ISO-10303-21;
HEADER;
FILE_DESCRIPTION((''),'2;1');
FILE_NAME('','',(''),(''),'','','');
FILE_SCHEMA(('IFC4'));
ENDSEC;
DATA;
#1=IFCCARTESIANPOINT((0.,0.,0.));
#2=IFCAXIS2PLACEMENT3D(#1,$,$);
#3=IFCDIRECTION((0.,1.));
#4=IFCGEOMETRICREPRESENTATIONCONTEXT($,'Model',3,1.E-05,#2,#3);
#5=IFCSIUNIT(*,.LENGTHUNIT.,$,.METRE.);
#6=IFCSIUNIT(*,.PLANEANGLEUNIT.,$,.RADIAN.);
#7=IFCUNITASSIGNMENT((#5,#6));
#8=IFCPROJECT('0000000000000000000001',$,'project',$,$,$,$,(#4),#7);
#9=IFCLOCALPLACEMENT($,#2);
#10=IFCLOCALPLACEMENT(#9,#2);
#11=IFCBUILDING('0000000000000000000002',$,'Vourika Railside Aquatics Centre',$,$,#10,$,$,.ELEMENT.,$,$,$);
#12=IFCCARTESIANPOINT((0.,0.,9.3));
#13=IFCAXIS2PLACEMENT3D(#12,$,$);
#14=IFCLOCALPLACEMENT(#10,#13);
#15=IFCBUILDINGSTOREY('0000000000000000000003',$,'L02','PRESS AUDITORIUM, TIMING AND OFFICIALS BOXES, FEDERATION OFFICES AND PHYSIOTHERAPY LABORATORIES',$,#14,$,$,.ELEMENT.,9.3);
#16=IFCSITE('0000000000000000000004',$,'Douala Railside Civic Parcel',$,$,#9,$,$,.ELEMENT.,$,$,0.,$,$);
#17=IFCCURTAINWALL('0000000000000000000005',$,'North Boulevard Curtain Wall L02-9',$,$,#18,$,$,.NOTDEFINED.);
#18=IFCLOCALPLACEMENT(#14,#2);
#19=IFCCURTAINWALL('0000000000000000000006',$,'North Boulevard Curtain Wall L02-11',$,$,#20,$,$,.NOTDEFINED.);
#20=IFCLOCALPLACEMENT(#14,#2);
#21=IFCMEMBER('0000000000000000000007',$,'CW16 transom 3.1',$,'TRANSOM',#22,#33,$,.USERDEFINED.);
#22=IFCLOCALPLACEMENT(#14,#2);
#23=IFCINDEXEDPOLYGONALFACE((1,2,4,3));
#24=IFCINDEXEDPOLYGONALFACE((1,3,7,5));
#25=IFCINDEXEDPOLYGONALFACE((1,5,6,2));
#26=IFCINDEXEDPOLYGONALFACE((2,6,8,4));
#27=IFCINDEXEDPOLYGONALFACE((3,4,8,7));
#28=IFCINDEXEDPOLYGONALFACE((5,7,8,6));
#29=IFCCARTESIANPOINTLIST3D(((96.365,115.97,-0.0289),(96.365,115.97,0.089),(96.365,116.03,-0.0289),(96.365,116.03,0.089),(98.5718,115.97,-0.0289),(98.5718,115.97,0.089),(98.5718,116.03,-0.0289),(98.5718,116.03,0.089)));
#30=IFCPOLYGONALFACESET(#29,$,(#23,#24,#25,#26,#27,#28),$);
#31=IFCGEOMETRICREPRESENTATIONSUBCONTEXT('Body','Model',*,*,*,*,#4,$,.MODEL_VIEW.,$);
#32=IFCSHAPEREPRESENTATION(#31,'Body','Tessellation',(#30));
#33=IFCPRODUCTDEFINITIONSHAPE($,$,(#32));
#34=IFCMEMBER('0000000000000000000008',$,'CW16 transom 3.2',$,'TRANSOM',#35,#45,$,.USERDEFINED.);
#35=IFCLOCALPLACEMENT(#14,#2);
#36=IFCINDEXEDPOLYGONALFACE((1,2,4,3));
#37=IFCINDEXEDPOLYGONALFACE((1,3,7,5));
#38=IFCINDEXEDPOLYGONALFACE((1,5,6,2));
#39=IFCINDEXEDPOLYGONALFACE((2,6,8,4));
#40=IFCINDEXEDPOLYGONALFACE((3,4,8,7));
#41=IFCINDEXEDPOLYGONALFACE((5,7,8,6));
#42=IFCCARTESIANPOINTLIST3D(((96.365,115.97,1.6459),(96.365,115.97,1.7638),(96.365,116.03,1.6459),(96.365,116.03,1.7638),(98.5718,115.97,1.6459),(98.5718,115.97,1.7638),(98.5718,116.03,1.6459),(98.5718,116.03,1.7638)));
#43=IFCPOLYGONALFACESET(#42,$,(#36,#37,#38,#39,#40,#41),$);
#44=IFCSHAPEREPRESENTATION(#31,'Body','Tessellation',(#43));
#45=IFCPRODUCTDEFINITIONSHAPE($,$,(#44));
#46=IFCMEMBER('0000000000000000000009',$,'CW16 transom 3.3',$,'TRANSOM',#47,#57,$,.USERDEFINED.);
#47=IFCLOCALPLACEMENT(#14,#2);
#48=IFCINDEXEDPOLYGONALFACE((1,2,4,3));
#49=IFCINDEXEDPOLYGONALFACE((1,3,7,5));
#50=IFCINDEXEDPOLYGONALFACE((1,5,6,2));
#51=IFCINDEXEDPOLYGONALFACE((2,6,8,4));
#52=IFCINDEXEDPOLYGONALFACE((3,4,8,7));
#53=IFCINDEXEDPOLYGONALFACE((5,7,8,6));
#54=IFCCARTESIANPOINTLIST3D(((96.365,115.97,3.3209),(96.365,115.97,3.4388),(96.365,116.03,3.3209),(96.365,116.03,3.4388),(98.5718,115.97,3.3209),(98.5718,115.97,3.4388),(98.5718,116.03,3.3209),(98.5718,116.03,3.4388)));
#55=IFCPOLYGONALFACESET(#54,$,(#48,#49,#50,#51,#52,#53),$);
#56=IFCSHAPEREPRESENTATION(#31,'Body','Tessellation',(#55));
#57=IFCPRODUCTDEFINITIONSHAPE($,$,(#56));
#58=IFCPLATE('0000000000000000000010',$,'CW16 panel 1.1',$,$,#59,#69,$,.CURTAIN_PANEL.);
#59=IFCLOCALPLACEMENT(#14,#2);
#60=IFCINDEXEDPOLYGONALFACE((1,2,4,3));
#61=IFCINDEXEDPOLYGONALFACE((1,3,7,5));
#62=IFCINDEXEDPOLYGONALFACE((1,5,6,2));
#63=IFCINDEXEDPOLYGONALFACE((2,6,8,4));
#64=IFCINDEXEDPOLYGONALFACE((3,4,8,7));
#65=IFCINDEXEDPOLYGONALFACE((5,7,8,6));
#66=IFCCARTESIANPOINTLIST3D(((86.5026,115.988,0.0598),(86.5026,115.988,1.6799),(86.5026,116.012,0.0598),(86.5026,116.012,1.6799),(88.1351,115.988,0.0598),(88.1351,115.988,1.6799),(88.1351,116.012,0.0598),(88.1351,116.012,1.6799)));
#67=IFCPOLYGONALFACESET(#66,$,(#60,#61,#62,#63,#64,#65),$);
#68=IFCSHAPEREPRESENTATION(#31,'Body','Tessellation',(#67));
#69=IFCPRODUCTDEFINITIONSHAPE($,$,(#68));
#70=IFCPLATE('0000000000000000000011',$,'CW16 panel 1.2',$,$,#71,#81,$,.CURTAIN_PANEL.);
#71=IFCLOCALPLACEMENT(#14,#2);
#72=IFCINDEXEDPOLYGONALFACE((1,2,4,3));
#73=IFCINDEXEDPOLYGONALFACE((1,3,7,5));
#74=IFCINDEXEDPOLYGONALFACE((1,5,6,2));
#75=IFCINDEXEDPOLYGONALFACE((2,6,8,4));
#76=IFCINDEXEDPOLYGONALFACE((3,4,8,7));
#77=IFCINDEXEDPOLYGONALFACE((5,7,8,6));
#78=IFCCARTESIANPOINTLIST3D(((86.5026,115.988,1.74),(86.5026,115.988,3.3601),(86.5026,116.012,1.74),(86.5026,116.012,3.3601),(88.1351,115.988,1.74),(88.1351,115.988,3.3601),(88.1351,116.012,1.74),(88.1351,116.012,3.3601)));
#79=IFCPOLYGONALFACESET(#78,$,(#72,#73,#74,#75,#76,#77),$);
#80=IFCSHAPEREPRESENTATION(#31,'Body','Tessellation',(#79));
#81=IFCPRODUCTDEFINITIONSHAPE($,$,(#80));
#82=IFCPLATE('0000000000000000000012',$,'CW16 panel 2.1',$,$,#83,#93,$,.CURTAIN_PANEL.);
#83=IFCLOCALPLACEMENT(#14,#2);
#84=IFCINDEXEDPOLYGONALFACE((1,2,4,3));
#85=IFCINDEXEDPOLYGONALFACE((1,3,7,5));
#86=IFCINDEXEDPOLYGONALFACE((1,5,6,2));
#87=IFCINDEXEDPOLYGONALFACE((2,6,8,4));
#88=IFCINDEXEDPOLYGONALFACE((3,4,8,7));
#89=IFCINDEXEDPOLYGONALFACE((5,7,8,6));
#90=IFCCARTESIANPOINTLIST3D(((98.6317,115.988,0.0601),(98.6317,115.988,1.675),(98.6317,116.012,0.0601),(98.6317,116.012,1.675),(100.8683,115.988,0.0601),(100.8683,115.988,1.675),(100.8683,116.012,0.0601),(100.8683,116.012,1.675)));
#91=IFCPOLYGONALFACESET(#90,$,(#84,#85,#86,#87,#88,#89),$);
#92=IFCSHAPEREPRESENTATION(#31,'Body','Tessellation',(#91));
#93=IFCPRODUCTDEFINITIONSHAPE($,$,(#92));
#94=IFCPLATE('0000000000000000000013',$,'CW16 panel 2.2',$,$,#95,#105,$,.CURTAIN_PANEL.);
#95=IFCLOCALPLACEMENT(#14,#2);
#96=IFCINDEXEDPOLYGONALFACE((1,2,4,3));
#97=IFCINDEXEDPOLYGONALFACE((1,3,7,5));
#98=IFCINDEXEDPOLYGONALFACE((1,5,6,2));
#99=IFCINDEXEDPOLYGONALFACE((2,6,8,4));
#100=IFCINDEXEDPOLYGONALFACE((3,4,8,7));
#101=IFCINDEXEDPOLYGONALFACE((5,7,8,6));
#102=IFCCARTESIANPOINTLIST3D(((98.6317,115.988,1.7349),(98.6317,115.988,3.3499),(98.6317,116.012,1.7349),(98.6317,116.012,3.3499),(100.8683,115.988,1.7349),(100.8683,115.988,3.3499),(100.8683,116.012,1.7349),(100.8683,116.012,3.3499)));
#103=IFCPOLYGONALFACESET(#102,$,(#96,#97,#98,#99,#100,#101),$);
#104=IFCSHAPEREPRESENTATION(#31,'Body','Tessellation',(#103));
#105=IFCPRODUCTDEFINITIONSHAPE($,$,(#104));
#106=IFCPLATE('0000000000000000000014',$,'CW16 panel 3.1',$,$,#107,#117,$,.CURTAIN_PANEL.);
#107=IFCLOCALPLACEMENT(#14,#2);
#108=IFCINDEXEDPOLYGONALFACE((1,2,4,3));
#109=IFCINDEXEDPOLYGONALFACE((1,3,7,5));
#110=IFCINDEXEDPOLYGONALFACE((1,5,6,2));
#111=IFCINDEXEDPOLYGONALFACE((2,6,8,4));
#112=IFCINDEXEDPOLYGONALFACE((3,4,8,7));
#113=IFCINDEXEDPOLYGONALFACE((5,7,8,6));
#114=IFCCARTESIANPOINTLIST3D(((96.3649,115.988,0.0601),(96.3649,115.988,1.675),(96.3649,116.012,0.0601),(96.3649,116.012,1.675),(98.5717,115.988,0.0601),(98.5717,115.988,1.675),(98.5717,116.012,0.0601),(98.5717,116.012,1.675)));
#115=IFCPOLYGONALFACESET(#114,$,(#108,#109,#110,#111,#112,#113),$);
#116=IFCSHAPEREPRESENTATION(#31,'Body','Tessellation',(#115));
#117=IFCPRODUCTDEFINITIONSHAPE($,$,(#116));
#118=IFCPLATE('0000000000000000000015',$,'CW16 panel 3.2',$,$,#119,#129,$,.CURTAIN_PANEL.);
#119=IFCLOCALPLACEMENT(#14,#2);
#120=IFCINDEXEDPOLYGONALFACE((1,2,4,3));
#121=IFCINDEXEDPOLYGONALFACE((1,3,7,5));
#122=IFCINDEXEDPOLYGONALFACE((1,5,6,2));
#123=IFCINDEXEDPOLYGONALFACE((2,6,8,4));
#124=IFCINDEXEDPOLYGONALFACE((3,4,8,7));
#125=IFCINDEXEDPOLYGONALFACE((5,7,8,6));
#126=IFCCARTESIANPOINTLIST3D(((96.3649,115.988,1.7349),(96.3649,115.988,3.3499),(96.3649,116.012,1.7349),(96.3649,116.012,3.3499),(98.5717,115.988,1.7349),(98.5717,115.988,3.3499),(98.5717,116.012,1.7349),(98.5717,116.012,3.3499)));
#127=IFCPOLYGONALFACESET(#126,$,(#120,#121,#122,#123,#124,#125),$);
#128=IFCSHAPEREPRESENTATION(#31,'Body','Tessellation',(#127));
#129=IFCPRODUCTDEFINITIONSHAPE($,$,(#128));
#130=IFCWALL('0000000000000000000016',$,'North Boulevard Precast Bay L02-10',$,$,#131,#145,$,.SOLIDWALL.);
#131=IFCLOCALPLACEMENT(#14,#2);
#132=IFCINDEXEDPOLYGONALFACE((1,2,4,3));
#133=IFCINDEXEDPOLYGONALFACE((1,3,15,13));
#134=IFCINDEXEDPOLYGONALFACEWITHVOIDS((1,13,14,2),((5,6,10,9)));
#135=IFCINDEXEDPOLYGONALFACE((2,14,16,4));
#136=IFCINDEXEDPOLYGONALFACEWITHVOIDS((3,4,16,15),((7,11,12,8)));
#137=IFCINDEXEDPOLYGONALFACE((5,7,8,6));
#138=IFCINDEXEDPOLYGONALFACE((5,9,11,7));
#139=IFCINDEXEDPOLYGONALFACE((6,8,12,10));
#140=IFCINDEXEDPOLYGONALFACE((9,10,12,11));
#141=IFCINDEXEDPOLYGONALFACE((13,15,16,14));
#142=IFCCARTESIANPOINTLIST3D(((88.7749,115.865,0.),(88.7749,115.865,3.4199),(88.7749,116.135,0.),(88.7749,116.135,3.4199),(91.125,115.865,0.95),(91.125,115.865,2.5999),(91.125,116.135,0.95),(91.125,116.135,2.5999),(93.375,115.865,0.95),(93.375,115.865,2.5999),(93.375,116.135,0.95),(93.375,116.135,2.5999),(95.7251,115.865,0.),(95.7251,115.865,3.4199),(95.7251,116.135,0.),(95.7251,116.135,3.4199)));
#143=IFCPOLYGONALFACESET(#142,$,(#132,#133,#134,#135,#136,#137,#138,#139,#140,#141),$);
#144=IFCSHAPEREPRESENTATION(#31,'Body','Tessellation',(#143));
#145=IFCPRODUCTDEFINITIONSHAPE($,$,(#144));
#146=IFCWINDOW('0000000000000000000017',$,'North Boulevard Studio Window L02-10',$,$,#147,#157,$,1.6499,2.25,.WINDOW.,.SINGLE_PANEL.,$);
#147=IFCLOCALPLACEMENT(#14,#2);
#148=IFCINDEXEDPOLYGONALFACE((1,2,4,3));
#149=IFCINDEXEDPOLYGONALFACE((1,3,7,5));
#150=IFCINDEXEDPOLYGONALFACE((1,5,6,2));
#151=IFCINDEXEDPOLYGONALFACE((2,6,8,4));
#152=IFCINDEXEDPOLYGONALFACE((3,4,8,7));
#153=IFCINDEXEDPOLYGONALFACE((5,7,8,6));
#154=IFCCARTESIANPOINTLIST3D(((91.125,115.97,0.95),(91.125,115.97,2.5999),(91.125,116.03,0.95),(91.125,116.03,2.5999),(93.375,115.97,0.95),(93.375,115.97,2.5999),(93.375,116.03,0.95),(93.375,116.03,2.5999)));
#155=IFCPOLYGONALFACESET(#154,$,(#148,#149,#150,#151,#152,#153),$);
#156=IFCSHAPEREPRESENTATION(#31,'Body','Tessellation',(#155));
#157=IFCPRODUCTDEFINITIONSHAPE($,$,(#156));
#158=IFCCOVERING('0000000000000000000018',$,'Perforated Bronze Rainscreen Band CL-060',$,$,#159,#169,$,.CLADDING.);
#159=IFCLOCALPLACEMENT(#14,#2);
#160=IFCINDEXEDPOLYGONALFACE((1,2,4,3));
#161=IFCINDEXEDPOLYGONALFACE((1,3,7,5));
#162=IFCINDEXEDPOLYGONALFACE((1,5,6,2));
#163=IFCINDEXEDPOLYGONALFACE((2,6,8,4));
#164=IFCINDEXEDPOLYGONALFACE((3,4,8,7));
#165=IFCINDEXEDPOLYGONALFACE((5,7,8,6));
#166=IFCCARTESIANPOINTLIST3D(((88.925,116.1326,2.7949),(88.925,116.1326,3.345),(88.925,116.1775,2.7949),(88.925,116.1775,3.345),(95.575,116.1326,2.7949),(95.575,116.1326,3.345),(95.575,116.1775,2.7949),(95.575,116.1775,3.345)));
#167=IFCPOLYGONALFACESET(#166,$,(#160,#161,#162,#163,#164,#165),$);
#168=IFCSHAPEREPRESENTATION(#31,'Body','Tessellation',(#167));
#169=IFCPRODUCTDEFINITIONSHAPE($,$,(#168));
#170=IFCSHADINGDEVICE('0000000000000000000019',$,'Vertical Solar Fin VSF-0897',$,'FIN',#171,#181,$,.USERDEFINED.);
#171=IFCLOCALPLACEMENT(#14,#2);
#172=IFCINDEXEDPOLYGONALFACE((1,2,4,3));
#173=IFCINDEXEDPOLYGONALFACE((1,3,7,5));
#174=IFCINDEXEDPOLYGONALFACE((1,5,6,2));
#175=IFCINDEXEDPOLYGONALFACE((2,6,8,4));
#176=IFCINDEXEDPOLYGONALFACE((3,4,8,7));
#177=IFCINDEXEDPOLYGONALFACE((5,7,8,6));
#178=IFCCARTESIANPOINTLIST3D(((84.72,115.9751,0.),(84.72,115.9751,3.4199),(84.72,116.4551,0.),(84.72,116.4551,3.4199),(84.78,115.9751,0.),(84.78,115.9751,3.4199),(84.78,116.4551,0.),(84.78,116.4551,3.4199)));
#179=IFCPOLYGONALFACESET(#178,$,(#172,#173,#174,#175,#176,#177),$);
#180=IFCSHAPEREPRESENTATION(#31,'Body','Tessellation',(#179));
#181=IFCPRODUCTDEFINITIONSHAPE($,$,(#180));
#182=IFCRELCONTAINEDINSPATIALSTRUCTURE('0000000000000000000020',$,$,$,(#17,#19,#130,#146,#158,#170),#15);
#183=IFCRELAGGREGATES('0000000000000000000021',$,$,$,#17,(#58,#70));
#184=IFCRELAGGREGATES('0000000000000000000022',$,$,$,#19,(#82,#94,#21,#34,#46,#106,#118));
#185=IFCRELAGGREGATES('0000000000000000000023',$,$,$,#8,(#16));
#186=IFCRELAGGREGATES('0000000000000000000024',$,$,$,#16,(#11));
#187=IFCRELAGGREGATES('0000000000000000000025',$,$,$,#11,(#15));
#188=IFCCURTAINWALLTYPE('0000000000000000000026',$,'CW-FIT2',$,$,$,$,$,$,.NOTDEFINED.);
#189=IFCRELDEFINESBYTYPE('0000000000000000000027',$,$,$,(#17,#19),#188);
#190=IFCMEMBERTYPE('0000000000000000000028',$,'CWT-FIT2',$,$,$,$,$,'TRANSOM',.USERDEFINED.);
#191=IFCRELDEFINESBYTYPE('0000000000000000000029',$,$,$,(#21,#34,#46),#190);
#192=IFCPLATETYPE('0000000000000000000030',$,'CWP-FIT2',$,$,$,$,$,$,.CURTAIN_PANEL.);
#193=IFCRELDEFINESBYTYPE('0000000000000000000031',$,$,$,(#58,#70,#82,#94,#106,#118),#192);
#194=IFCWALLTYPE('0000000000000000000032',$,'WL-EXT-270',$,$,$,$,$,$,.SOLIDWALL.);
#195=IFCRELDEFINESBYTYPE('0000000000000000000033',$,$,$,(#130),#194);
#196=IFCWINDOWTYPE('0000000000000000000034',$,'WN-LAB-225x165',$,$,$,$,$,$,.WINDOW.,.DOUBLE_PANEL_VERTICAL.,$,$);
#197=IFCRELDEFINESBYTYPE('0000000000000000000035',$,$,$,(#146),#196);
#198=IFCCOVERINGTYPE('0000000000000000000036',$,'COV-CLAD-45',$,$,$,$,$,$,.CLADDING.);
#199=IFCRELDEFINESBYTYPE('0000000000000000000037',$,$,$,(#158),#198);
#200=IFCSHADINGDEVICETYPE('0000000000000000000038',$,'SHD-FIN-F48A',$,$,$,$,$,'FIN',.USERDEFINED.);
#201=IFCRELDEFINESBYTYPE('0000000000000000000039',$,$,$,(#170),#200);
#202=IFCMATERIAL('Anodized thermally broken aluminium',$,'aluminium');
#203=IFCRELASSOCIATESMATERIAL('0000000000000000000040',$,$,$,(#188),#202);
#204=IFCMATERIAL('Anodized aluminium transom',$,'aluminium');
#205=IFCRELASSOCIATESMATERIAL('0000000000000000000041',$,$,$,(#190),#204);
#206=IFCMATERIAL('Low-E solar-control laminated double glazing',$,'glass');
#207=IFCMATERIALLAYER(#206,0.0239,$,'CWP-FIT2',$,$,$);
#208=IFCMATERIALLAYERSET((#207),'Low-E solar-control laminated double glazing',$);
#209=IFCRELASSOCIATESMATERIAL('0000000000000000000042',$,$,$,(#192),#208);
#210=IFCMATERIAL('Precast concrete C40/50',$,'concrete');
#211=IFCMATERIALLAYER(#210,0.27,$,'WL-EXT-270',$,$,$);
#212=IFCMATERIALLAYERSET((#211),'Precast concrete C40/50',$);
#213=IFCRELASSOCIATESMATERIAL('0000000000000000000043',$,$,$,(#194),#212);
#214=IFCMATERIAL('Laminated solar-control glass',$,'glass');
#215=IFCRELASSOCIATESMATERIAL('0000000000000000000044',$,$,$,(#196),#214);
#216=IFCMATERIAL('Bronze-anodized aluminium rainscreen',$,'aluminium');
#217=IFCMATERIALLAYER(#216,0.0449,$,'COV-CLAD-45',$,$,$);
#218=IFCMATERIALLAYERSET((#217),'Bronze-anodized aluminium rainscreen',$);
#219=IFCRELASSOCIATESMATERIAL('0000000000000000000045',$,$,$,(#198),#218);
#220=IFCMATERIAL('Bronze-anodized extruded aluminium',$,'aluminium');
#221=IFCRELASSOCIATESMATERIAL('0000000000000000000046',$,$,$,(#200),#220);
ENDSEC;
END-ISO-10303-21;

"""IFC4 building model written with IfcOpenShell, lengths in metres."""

from ifc_helpers import new_model, si_unit, direction, frame, frame_2d, origin, origin_2d, place, context, subcontext, project, spatial, rectangle, extrude, material, layer, layer_set, material_profile, profile_set, type_object, element, fill, aggregate, save


model = new_model("IFC4")

# Units and contexts
model_context = context("Model", 3, precision=1e-05, world=origin(), true_north=direction((0.0, 1.0)))
body_context = subcontext(model_context, "Body", "Model", "MODEL_VIEW")
ifc_project = project(units=[si_unit("LENGTHUNIT", "METRE"), si_unit("PLANEANGLEUNIT", "RADIAN")], contexts=[model_context])

# Site, building, storey
site_placement = place(None, origin())
site = spatial("IfcSite", under=ifc_project, at=site_placement, Name="Douala Railside Civic Parcel", CompositionType="ELEMENT", RefElevation=0.0)
building_placement = place(site_placement, origin())
building = spatial("IfcBuilding", under=site, at=building_placement, Name="Vourika Railside Aquatics Centre", CompositionType="ELEMENT")
storey_placement = place(building_placement, frame((0.0, 0.0, 9.3)))
storey = spatial("IfcBuildingStorey", under=building, at=storey_placement, Name="L02", Description="PRESS AUDITORIUM, TIMING AND OFFICIALS BOXES, FEDERATION OFFICES AND PHYSIOTHERAPY LABORATORIES", CompositionType="ELEMENT", Elevation=9.3)

# Curtain walls
ifc_material_1 = material(Name="Anodized thermally broken aluminium", Category="aluminium")
curtain_wall_type = type_object("IfcCurtainWallType", Name="CW-FIT2", PredefinedType="NOTDEFINED", material=ifc_material_1)
curtain_wall_1_placement = place(storey_placement, origin())
curtain_wall_1 = element("IfcCurtainWall", 1, at=curtain_wall_1_placement, inside=storey, type_object=curtain_wall_type, Name="North Boulevard Curtain Wall L02-9", PredefinedType="NOTDEFINED")
curtain_wall_2_placement = place(storey_placement, origin())
curtain_wall_2 = element("IfcCurtainWall", 2, at=curtain_wall_2_placement, inside=storey, type_object=curtain_wall_type, Name="North Boulevard Curtain Wall L02-11", PredefinedType="NOTDEFINED")

# Members
ifc_material_2 = material(Name="Anodized aluminium transom", Category="aluminium")
ifc_material_profile_1 = material_profile(ifc_material_2, rectangle(XDim=0.0601, YDim=0.1179, at=origin_2d()), Name="ALU-T 60x118")
ifc_profile_set_1 = profile_set([ifc_material_profile_1], Name="Anodized aluminium transom")
member_type_1 = type_object("IfcMemberType", Name="CWT-FIT2", ElementType="TRANSOM", PredefinedType="USERDEFINED", material=ifc_profile_set_1)
member_1_placement = place(storey_placement, frame((98.5718, 116.0, 0.03), z_axis=(-1.0, 0.0, 0.0), x_axis=(0.0, -1.0, 0.0)))
member_1 = element("IfcMember", 3, at=member_1_placement, type_object=member_type_1, Name="CW16 transom 3.1", ObjectType="TRANSOM", PredefinedType="USERDEFINED", context=body_context, shape_type="SweptSolid", body=[
    extrude(rectangle(XDim=0.0601, YDim=0.1179, at=origin_2d()), origin(), (0.0, 0.0, 1.0), 2.2068),
])
member_2_placement = place(storey_placement, frame((98.5718, 116.0, 1.7048), z_axis=(-1.0, 0.0, 0.0), x_axis=(0.0, -1.0, 0.0)))
member_2 = element("IfcMember", 4, at=member_2_placement, type_object=member_type_1, Name="CW16 transom 3.2", ObjectType="TRANSOM", PredefinedType="USERDEFINED", context=body_context, shape_type="SweptSolid", body=[
    extrude(rectangle(XDim=0.0601, YDim=0.1179, at=origin_2d()), origin(), (0.0, 0.0, 1.0), 2.2068),
])
member_3_placement = place(storey_placement, frame((98.5718, 116.0, 3.3799), z_axis=(-1.0, 0.0, 0.0), x_axis=(0.0, -1.0, 0.0)))
member_3 = element("IfcMember", 5, at=member_3_placement, type_object=member_type_1, Name="CW16 transom 3.3", ObjectType="TRANSOM", PredefinedType="USERDEFINED", context=body_context, shape_type="SweptSolid", body=[
    extrude(rectangle(XDim=0.0601, YDim=0.1179, at=origin_2d()), origin(), (0.0, 0.0, 1.0), 2.2068),
])

# Plates
ifc_material_3 = material(Name="Low-E solar-control laminated double glazing", Category="glass")
ifc_layer_1 = layer(ifc_material_3, 0.0239, Name="CWP-FIT2")
ifc_layer_set_1 = layer_set([ifc_layer_1], Name="Low-E solar-control laminated double glazing")
plate_type = type_object("IfcPlateType", Name="CWP-FIT2", PredefinedType="CURTAIN_PANEL", material=ifc_layer_set_1)
plate_1_placement = place(storey_placement, frame((87.3188, 116.0, 0.0598), z_axis=(0.0, 0.0, 1.0), x_axis=(-1.0, 0.0, 0.0)))
plate_1 = element("IfcPlate", 6, at=plate_1_placement, type_object=plate_type, Name="CW16 panel 1.1", PredefinedType="CURTAIN_PANEL", context=body_context, shape_type="SweptSolid", body=[
    extrude(rectangle(XDim=1.6326, YDim=0.0239, at=origin_2d()), origin(), (0.0, 0.0, 1.0), 1.6201),
])
plate_2_placement = place(storey_placement, frame((87.3188, 116.0, 1.74), z_axis=(0.0, 0.0, 1.0), x_axis=(-1.0, 0.0, 0.0)))
plate_2 = element("IfcPlate", 7, at=plate_2_placement, type_object=plate_type, Name="CW16 panel 1.2", PredefinedType="CURTAIN_PANEL", context=body_context, shape_type="SweptSolid", body=[
    extrude(rectangle(XDim=1.6326, YDim=0.0239, at=origin_2d()), origin(), (0.0, 0.0, 1.0), 1.6201),
])
aggregate(curtain_wall_1, [plate_1, plate_2])
plate_3_placement = place(storey_placement, frame((99.75, 116.0, 0.0601), z_axis=(0.0, 0.0, 1.0), x_axis=(-1.0, 0.0, 0.0)))
plate_3 = element("IfcPlate", 8, at=plate_3_placement, type_object=plate_type, Name="CW16 panel 2.1", PredefinedType="CURTAIN_PANEL", context=body_context, shape_type="SweptSolid", body=[
    extrude(rectangle(XDim=2.2366, YDim=0.0239, at=origin_2d()), origin(), (0.0, 0.0, 1.0), 1.615),
])
plate_4_placement = place(storey_placement, frame((99.75, 116.0, 1.7349), z_axis=(0.0, 0.0, 1.0), x_axis=(-1.0, 0.0, 0.0)))
plate_4 = element("IfcPlate", 9, at=plate_4_placement, type_object=plate_type, Name="CW16 panel 2.2", PredefinedType="CURTAIN_PANEL", context=body_context, shape_type="SweptSolid", body=[
    extrude(rectangle(XDim=2.2366, YDim=0.0239, at=origin_2d()), origin(), (0.0, 0.0, 1.0), 1.615),
])
plate_5_placement = place(storey_placement, frame((97.4683, 116.0, 0.0601), z_axis=(0.0, 0.0, 1.0), x_axis=(-1.0, 0.0, 0.0)))
plate_5 = element("IfcPlate", 10, at=plate_5_placement, type_object=plate_type, Name="CW16 panel 3.1", PredefinedType="CURTAIN_PANEL", context=body_context, shape_type="SweptSolid", body=[
    extrude(rectangle(XDim=2.2068, YDim=0.0239, at=origin_2d()), origin(), (0.0, 0.0, 1.0), 1.615),
])
plate_6_placement = place(storey_placement, frame((97.4683, 116.0, 1.7349), z_axis=(0.0, 0.0, 1.0), x_axis=(-1.0, 0.0, 0.0)))
plate_6 = element("IfcPlate", 11, at=plate_6_placement, type_object=plate_type, Name="CW16 panel 3.2", PredefinedType="CURTAIN_PANEL", context=body_context, shape_type="SweptSolid", body=[
    extrude(rectangle(XDim=2.2068, YDim=0.0239, at=origin_2d()), origin(), (0.0, 0.0, 1.0), 1.615),
])
aggregate(curtain_wall_2, [plate_3, plate_4, member_1, member_2, member_3, plate_5, plate_6])

# Wall, opening, window
ifc_material_4 = material(Name="Precast concrete C40/50", Category="concrete")
ifc_layer_2 = layer(ifc_material_4, 0.27, Name="WL-EXT-270")
ifc_layer_set_2 = layer_set([ifc_layer_2], Name="Precast concrete C40/50")
wall_type = type_object("IfcWallType", Name="WL-EXT-270", PredefinedType="SOLIDWALL", material=ifc_layer_set_2)
wall_placement = place(storey_placement, frame((95.7251, 116.0, 0.0), z_axis=(0.0, 0.0, 1.0), x_axis=(-1.0, 0.0, 0.0)))
wall = element("IfcWall", 12, at=wall_placement, inside=storey, type_object=wall_type, Name="North Boulevard Precast Bay L02-10", PredefinedType="SOLIDWALL", context=body_context, shape_type="SweptSolid", body=[
    extrude(rectangle(XDim=6.9502, YDim=0.27, at=frame_2d((3.4751, 0.0))), origin(), (0.0, 0.0, 1.0), 3.4199),
])
opening_placement = place(wall_placement, frame((2.3501, 0.0, 0.95)))
opening = element("IfcOpeningElement", 13, at=opening_placement, cuts=wall, PredefinedType="OPENING", context=body_context, shape_type="SweptSolid", body=[
    extrude(rectangle(XDim=2.25, YDim=1.6499, at=frame_2d((1.125, 0.825))), frame((0.0, 0.145, 0.0), z_axis=(0.0, -1.0, 0.0), x_axis=(1.0, 0.0, 0.0)), (0.0, 0.0, 1.0), 0.29),
])
ifc_material_5 = material(Name="Laminated solar-control glass", Category="glass")
window_type = type_object("IfcWindowType", Name="WN-LAB-225x165", PartitioningType="DOUBLE_PANEL_VERTICAL", PredefinedType="WINDOW", material=ifc_material_5)
window_placement = place(opening_placement, origin())
window = element("IfcWindow", 14, at=window_placement, inside=storey, type_object=window_type, Name="North Boulevard Studio Window L02-10", OverallHeight=1.6499, OverallWidth=2.25, PartitioningType="SINGLE_PANEL", PredefinedType="WINDOW", context=body_context, shape_type="SweptSolid", body=[
    extrude(rectangle(XDim=2.25, YDim=1.6499, at=frame_2d((1.125, 0.825))), frame((0.0, 0.03, 0.0), z_axis=(0.0, -1.0, 0.0), x_axis=(1.0, 0.0, 0.0)), (0.0, 0.0, 1.0), 0.0601),
])
fill(opening, window)

# Covering
ifc_material_6 = material(Name="Bronze-anodized aluminium rainscreen", Category="aluminium")
ifc_layer_3 = layer(ifc_material_6, 0.0449, Name="COV-CLAD-45")
ifc_layer_set_3 = layer_set([ifc_layer_3], Name="Bronze-anodized aluminium rainscreen")
covering_type = type_object("IfcCoveringType", Name="COV-CLAD-45", PredefinedType="CLADDING", material=ifc_layer_set_3)
covering_placement = place(storey_placement, frame((92.25, 116.155, 2.7949), z_axis=(0.0, 0.0, 1.0), x_axis=(-1.0, 0.0, 0.0)))
element("IfcCovering", 15, at=covering_placement, inside=storey, type_object=covering_type, Name="Perforated Bronze Rainscreen Band CL-060", PredefinedType="CLADDING", context=body_context, shape_type="SweptSolid", body=[
    extrude(rectangle(XDim=6.6499, YDim=0.0449, at=origin_2d()), origin(), (0.0, 0.0, 1.0), 0.55),
])

# Shading device
ifc_material_7 = material(Name="Bronze-anodized extruded aluminium", Category="aluminium")
ifc_material_profile_2 = material_profile(ifc_material_7, rectangle(XDim=0.0601, YDim=0.48, at=origin_2d()), Name="ALU-FIN 60x480")
ifc_profile_set_2 = profile_set([ifc_material_profile_2], Name="Bronze-anodized extruded aluminium")
shading_device_type = type_object("IfcShadingDeviceType", Name="SHD-FIN-F48A", ElementType="FIN", PredefinedType="USERDEFINED", material=ifc_profile_set_2)
for number, where, z_axis, x_axis, name in (
    (16, (84.75, 116.2151, 0.0), (0.0, 0.0, 1.0), (1.0, 0.0, 0.0), "Vertical Solar Fin VSF-0897"),
):
    element("IfcShadingDevice", number, at=place(storey_placement, frame(where, z_axis=z_axis, x_axis=x_axis)), inside=storey, type_object=shading_device_type, Name=name, ObjectType="FIN", PredefinedType="USERDEFINED", context=body_context, shape_type="SweptSolid", body=[
        extrude(rectangle(XDim=0.0601, YDim=0.48, at=origin_2d()), origin(), (0.0, 0.0, 1.0), 3.4199),
    ])

save(model, "model.ifc")
